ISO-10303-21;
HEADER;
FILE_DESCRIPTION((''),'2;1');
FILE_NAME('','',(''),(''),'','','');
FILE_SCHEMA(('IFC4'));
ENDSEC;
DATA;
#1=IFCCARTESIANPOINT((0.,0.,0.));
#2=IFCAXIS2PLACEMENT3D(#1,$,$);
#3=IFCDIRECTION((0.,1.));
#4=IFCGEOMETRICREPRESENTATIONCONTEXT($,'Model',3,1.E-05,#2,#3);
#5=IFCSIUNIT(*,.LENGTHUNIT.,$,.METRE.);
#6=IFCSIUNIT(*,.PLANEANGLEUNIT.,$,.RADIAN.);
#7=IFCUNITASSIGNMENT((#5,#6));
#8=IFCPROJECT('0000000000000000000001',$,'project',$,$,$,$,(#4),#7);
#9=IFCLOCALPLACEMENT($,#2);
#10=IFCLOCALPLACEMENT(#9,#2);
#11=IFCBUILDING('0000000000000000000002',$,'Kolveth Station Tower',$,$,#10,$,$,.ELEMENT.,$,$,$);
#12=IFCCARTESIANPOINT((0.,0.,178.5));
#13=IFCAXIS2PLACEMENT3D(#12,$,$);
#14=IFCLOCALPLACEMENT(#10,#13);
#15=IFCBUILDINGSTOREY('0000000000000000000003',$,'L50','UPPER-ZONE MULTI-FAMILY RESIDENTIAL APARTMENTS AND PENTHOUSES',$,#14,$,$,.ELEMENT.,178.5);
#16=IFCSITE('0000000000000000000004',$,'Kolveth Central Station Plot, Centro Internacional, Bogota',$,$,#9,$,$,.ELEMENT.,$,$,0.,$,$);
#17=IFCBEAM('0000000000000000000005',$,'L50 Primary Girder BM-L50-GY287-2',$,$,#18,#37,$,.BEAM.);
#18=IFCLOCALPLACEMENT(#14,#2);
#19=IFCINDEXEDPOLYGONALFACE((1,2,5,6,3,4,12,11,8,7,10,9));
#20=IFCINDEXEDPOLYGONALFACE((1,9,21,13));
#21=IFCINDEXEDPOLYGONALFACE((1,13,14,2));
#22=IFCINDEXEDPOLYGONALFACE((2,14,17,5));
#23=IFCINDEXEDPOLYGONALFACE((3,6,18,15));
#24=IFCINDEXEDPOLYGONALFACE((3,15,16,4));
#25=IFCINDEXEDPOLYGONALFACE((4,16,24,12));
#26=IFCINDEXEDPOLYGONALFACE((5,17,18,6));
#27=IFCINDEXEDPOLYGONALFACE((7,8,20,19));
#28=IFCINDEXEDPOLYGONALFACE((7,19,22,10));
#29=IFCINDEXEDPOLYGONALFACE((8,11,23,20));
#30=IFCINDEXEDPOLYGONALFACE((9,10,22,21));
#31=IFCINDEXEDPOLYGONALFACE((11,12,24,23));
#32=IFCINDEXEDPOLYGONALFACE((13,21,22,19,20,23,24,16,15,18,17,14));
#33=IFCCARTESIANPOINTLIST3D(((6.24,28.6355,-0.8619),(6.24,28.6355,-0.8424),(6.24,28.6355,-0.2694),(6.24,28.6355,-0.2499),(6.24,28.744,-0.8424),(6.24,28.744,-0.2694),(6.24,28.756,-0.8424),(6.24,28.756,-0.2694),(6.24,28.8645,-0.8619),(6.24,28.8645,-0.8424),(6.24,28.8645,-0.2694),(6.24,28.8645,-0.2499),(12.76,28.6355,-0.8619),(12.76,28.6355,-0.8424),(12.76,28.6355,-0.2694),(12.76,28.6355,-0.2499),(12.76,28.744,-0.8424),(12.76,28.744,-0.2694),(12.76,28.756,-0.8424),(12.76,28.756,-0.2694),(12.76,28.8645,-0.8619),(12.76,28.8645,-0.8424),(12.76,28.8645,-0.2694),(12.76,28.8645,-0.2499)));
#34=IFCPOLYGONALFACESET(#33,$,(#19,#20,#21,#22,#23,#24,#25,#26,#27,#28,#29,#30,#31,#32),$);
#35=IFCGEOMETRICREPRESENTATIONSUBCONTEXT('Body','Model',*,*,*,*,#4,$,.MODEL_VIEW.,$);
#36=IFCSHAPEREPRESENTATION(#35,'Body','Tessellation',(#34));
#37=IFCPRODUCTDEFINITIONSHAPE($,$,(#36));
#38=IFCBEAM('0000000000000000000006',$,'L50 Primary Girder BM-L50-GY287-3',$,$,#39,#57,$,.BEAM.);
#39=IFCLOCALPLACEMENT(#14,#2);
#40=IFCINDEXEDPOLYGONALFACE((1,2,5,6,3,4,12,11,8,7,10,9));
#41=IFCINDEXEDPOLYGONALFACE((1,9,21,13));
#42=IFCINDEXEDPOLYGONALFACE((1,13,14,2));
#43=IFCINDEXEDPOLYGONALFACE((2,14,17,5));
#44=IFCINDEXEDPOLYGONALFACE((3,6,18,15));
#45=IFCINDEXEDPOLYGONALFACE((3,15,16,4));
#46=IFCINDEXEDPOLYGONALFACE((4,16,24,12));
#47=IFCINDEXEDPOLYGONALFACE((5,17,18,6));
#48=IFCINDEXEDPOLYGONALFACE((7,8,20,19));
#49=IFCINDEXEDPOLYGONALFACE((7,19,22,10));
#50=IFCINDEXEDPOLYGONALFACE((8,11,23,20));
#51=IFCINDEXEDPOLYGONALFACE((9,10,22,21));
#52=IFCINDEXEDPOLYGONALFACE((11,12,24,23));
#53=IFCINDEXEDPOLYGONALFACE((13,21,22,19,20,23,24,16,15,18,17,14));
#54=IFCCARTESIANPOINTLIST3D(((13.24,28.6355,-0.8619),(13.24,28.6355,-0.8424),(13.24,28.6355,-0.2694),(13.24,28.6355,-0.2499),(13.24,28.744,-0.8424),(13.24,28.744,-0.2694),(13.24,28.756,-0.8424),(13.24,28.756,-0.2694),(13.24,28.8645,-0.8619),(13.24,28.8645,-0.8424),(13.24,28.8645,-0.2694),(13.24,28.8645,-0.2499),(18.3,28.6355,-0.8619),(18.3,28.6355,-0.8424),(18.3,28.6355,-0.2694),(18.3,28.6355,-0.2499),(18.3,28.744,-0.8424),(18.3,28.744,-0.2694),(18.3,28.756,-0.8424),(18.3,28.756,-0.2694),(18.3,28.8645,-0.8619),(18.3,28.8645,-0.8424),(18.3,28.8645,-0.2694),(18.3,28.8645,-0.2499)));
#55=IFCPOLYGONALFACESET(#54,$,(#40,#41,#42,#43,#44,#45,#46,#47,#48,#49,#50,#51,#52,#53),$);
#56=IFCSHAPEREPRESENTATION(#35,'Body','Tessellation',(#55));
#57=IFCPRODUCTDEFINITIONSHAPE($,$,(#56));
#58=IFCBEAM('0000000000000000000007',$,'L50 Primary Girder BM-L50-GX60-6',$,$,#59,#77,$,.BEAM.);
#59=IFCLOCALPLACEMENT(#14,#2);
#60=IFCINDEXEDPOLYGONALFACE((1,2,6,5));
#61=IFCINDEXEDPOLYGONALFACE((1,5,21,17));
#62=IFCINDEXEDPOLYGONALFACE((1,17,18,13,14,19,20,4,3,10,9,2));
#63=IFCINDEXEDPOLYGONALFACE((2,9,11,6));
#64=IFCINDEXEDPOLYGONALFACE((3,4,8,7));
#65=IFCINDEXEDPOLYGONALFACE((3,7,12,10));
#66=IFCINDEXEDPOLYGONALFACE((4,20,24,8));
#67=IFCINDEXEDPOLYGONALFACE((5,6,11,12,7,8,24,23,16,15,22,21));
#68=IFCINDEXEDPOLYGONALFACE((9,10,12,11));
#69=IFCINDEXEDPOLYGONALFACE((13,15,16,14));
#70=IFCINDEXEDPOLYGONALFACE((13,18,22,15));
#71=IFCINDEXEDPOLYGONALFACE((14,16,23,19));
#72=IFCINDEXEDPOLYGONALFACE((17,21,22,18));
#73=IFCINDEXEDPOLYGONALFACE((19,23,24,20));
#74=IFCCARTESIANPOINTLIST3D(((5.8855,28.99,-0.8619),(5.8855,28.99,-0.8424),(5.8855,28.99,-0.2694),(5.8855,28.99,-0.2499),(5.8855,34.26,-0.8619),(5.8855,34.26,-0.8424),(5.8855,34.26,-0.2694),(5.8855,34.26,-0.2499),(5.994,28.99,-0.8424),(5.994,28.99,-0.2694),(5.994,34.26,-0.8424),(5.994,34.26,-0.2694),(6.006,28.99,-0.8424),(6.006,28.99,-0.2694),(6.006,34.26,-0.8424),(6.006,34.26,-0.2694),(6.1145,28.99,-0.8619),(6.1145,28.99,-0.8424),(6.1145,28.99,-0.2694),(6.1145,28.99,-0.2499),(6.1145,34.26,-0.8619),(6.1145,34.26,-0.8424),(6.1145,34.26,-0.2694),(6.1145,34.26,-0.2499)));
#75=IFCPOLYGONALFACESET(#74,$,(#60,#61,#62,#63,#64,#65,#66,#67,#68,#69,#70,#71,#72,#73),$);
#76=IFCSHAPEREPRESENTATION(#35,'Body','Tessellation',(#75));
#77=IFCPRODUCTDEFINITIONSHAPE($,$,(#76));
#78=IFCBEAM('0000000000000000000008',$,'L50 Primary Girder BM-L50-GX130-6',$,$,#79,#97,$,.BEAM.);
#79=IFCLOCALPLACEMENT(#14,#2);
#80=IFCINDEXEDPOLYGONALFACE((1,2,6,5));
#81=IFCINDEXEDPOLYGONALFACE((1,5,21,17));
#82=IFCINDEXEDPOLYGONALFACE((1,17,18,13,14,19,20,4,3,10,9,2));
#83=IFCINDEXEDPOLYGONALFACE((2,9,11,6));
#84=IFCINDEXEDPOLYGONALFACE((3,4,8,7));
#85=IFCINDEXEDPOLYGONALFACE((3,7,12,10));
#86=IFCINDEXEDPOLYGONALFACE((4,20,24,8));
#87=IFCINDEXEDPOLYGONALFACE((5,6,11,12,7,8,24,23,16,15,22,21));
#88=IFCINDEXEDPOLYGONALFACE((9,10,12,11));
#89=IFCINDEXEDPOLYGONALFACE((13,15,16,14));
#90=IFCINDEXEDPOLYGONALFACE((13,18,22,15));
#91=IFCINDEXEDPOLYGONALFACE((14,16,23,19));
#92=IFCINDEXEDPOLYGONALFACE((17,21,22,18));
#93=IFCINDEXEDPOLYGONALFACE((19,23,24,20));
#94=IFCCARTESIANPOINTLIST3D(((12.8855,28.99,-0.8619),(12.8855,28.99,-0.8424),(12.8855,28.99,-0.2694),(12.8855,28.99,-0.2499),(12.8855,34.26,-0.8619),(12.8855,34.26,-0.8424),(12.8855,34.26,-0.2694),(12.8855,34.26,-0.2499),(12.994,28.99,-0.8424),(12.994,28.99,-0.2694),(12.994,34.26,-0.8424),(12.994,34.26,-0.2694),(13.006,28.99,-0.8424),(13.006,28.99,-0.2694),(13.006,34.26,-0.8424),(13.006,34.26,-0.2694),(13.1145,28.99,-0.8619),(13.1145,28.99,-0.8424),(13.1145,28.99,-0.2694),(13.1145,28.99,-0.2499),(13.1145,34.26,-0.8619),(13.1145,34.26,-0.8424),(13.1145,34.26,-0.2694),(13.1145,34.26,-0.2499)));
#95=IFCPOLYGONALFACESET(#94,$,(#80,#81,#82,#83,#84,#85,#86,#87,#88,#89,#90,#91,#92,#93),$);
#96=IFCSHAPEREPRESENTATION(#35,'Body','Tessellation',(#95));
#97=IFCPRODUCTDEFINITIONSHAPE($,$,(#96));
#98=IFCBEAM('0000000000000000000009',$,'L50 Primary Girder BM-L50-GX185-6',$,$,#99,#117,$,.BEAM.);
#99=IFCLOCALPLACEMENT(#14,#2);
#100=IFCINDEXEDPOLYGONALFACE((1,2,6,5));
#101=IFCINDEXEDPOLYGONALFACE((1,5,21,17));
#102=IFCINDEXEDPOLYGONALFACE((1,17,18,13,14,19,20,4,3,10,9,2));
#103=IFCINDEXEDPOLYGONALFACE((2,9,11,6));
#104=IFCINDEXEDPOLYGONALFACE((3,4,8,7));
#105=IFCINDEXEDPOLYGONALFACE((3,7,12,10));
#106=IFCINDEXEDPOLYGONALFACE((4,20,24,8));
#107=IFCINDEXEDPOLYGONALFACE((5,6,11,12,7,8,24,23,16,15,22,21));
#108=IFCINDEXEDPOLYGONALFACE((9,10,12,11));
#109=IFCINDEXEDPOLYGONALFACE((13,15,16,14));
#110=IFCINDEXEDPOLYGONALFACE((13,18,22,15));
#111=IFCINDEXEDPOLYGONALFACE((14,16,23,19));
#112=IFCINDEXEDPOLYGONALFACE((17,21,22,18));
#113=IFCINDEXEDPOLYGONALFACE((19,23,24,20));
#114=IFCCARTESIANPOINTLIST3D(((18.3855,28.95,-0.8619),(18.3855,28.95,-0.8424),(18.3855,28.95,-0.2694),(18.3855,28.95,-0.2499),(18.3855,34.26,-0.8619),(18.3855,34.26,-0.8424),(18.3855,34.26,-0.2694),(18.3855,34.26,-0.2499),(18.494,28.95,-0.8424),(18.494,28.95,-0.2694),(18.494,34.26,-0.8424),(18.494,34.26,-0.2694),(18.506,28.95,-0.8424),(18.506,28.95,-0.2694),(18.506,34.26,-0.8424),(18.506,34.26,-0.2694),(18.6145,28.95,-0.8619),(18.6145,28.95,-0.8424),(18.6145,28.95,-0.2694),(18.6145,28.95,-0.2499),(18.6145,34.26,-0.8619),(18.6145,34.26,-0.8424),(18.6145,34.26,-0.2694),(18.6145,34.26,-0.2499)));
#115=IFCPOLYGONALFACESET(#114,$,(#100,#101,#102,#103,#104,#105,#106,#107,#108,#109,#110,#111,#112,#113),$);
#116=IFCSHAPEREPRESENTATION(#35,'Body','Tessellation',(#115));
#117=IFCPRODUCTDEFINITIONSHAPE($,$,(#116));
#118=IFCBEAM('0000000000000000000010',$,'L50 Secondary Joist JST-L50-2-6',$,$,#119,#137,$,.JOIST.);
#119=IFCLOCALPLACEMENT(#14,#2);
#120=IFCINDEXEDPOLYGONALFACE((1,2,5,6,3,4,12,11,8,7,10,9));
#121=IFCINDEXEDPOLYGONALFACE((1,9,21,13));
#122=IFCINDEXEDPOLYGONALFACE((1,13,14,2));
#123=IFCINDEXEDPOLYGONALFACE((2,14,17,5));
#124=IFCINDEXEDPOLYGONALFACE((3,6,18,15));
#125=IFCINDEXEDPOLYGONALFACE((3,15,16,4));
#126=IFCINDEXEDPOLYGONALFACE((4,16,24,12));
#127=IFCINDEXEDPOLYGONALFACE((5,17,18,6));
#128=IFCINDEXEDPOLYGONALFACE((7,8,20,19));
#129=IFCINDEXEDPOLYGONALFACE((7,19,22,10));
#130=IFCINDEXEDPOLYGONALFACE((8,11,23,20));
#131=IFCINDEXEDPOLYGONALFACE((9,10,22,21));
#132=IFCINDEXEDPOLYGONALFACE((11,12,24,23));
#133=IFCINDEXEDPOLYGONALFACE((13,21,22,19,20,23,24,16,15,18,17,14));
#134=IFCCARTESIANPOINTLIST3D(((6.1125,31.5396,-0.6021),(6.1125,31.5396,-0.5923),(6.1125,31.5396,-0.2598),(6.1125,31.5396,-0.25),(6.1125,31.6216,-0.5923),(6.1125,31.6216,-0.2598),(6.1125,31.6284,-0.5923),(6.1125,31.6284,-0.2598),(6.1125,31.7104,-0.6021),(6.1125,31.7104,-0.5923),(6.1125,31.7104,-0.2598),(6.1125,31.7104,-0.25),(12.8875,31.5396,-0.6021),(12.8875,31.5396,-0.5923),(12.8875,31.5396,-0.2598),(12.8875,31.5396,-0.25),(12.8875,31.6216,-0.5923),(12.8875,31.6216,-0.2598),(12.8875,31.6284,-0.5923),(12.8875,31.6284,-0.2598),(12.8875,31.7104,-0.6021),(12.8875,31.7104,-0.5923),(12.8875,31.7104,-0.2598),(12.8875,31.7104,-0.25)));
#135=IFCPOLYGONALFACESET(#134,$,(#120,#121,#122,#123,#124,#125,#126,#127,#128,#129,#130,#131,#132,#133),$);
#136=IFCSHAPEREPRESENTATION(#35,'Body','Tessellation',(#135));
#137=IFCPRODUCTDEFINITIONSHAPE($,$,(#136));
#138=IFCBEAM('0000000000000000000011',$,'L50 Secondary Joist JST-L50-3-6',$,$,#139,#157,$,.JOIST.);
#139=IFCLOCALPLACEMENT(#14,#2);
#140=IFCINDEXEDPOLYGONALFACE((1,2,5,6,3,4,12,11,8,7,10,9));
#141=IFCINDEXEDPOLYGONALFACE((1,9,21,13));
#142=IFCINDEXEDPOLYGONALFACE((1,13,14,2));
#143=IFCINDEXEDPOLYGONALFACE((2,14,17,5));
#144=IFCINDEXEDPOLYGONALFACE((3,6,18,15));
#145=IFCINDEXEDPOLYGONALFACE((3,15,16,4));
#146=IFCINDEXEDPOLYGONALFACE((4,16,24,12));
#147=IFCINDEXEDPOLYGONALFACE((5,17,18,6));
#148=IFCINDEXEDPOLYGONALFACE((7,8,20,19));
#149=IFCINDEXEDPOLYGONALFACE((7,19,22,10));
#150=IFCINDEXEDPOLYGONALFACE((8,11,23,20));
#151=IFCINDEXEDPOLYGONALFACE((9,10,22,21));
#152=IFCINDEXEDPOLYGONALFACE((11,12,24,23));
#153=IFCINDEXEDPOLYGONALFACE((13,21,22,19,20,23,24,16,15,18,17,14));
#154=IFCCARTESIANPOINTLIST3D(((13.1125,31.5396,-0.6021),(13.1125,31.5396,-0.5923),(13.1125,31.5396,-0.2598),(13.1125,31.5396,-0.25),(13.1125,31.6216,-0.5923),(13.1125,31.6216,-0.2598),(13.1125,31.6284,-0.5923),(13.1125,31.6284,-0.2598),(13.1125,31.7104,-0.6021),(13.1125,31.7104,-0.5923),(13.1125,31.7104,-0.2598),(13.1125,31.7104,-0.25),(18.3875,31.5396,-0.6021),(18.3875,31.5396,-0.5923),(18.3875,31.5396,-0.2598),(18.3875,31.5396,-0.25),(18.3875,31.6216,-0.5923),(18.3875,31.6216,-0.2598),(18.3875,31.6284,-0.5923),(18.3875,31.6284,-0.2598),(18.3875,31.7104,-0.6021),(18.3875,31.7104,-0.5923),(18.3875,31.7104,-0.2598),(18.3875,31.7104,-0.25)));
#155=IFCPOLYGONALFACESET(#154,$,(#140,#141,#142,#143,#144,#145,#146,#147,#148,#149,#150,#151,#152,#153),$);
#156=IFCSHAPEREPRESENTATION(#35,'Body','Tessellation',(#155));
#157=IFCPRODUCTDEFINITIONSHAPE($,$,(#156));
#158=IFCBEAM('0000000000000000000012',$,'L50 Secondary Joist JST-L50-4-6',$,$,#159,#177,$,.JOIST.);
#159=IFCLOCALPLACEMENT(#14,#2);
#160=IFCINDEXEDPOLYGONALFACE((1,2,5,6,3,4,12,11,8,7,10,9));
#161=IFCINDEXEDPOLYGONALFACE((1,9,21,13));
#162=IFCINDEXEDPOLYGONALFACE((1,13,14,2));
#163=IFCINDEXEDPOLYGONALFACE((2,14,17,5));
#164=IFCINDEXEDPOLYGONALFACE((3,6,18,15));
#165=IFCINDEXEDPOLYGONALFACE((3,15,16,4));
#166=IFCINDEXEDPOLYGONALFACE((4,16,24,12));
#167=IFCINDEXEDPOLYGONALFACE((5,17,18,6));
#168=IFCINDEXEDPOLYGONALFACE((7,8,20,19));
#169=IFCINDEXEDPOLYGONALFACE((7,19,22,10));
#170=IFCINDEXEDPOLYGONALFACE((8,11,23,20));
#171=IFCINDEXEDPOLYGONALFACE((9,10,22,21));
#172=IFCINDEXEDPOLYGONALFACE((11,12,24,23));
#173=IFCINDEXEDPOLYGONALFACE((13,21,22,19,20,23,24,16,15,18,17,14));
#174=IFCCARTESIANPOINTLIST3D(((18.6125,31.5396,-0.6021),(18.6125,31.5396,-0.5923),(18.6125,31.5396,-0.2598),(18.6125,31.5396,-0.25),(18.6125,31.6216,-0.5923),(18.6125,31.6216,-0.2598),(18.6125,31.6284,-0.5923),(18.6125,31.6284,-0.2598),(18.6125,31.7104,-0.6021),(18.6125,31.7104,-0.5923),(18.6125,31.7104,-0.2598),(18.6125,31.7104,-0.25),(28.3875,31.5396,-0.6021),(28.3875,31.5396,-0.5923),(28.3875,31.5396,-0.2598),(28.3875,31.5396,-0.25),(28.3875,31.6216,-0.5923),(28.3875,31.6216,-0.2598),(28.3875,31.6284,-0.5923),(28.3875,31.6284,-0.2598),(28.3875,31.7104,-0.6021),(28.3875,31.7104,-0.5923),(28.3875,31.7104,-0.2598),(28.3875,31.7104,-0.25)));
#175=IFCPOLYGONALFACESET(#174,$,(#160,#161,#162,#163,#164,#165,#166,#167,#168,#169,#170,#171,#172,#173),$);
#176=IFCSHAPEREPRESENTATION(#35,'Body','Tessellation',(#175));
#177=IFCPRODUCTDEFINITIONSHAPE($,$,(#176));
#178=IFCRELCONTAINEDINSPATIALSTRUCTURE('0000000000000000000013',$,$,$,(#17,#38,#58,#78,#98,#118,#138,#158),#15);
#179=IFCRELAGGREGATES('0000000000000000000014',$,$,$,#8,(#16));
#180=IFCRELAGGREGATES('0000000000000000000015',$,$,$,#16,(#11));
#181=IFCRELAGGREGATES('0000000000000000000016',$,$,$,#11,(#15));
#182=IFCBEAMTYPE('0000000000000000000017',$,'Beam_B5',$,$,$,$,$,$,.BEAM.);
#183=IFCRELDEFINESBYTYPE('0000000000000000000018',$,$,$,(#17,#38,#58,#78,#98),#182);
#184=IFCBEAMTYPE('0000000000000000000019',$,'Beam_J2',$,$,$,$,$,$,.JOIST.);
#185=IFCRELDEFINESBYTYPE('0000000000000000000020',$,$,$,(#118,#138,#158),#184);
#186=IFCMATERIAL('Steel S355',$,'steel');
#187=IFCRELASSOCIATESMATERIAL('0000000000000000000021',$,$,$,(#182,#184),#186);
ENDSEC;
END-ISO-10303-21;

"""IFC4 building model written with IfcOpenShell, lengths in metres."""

from ifc_helpers import new_model, si_unit, direction, frame, origin, origin_2d, place, context, subcontext, project, spatial, i_section, extrude, source, transform, mapped, material, material_profile, profile_set, type_object, element, save


model = new_model("IFC4")

# Units and contexts
model_context = context("Model", 3, precision=1e-05, world=origin(), true_north=direction((0.0, 1.0)))
body_context = subcontext(model_context, "Body", "Model", "MODEL_VIEW")
ifc_project = project(units=[si_unit("LENGTHUNIT", "METRE"), si_unit("PLANEANGLEUNIT", "RADIAN")], contexts=[model_context])

# Site, building, storey
site_placement = place(None, origin())
site = spatial("IfcSite", under=ifc_project, at=site_placement, Name="Kolveth Central Station Plot, Centro Internacional, Bogota", CompositionType="ELEMENT", RefElevation=0.0)
building_placement = place(site_placement, origin())
building = spatial("IfcBuilding", under=site, at=building_placement, Name="Kolveth Station Tower", CompositionType="ELEMENT")
storey_placement = place(building_placement, frame((0.0, 0.0, 178.5)))
storey = spatial("IfcBuildingStorey", under=building, at=storey_placement, Name="L50", Description="UPPER-ZONE MULTI-FAMILY RESIDENTIAL APARTMENTS AND PENTHOUSES", CompositionType="ELEMENT", Elevation=178.5)

# Shared definitions
ifc_material_1 = material(Name="Steel S355", Category="steel")

# Beams
ifc_material_profile_1 = material_profile(ifc_material_1, i_section(OverallWidth=0.229, OverallDepth=0.6121, WebThickness=0.012, FlangeThickness=0.0195, at=origin_2d()), Name="W610x125")
ifc_profile_set_1 = profile_set([ifc_material_profile_1], Name="Steel S355")
beam_type_1 = type_object("IfcBeamType", Name="Beam_B5", PredefinedType="BEAM", material=ifc_profile_set_1)
shared_shape_1 = source(origin(), body_context, "Body", "SweptSolid", [
    extrude(i_section(OverallWidth=0.229, OverallDepth=0.6121, WebThickness=0.012, FlangeThickness=0.0195, at=origin_2d()), origin(), (0.0, 0.0, 1.0), 6.52),
])
beam_1_placement = place(storey_placement, frame((6.24, 28.75, -0.5559), z_axis=(1.0, 0.0, 0.0), x_axis=(0.0, 1.0, 0.0)))
element("IfcBeam", 1, at=beam_1_placement, inside=storey, type_object=beam_type_1, Name="L50 Primary Girder BM-L50-GY287-2", PredefinedType="BEAM", context=body_context, shape_type="MappedRepresentation", body=[
    mapped(shared_shape_1, transform((0.0, 0.0, 0.0), x_axis=(1.0, 0.0, 0.0), y_axis=(0.0, 1.0, 0.0), z_axis=(0.0, 0.0, 1.0), scale=1.0)),
])
shared_shape_2 = source(origin(), body_context, "Body", "SweptSolid", [
    extrude(i_section(OverallWidth=0.229, OverallDepth=0.6121, WebThickness=0.012, FlangeThickness=0.0195, at=origin_2d()), origin(), (0.0, 0.0, 1.0), 5.0601),
])
beam_2_placement = place(storey_placement, frame((13.24, 28.75, -0.5559), z_axis=(1.0, 0.0, 0.0), x_axis=(0.0, 1.0, 0.0)))
element("IfcBeam", 2, at=beam_2_placement, inside=storey, type_object=beam_type_1, Name="L50 Primary Girder BM-L50-GY287-3", PredefinedType="BEAM", context=body_context, shape_type="MappedRepresentation", body=[
    mapped(shared_shape_2, transform((0.0, 0.0, 0.0), x_axis=(1.0, 0.0, 0.0), y_axis=(0.0, 1.0, 0.0), z_axis=(0.0, 0.0, 1.0), scale=1.0)),
])
shared_shape_3 = source(origin(), body_context, "Body", "SweptSolid", [
    extrude(i_section(OverallWidth=0.229, OverallDepth=0.6121, WebThickness=0.012, FlangeThickness=0.0195, at=origin_2d()), origin(), (0.0, 0.0, 1.0), 5.27),
])
for number, where, z_axis, x_axis, name in (
    (3, (6.0, 28.99, -0.5559), (0.0, 1.0, 0.0), (-1.0, 0.0, 0.0), "L50 Primary Girder BM-L50-GX60-6"),
    (4, (13.0, 28.99, -0.5559), (0.0, 1.0, 0.0), (-1.0, 0.0, 0.0), "L50 Primary Girder BM-L50-GX130-6"),
):
    element("IfcBeam", number, at=place(storey_placement, frame(where, z_axis=z_axis, x_axis=x_axis)), inside=storey, type_object=beam_type_1, Name=name, PredefinedType="BEAM", context=body_context, shape_type="MappedRepresentation", body=[
        mapped(shared_shape_3, transform((0.0, 0.0, 0.0), x_axis=(1.0, 0.0, 0.0), y_axis=(0.0, 1.0, 0.0), z_axis=(0.0, 0.0, 1.0), scale=1.0)),
    ])
shared_shape_4 = source(origin(), body_context, "Body", "SweptSolid", [
    extrude(i_section(OverallWidth=0.229, OverallDepth=0.6121, WebThickness=0.012, FlangeThickness=0.0195, at=origin_2d()), origin(), (0.0, 0.0, 1.0), 5.3101),
])
beam_3_placement = place(storey_placement, frame((18.5, 28.95, -0.5559), z_axis=(0.0, 1.0, 0.0), x_axis=(-1.0, 0.0, 0.0)))
element("IfcBeam", 5, at=beam_3_placement, inside=storey, type_object=beam_type_1, Name="L50 Primary Girder BM-L50-GX185-6", PredefinedType="BEAM", context=body_context, shape_type="MappedRepresentation", body=[
    mapped(shared_shape_4, transform((0.0, 0.0, 0.0), x_axis=(1.0, 0.0, 0.0), y_axis=(0.0, 1.0, 0.0), z_axis=(0.0, 0.0, 1.0), scale=1.0)),
])
ifc_material_profile_2 = material_profile(ifc_material_1, i_section(OverallWidth=0.1709, OverallDepth=0.3521, WebThickness=0.0068, FlangeThickness=0.0098, at=origin_2d()), Name="W360x44")
ifc_profile_set_2 = profile_set([ifc_material_profile_2], Name="Steel S355")
beam_type_2 = type_object("IfcBeamType", Name="Beam_J2", PredefinedType="JOIST", material=ifc_profile_set_2)
shared_shape_5 = source(origin(), body_context, "Body", "SweptSolid", [
    extrude(i_section(OverallWidth=0.1709, OverallDepth=0.3521, WebThickness=0.0068, FlangeThickness=0.0098, at=origin_2d()), origin(), (0.0, 0.0, 1.0), 6.7749),
])
beam_4_placement = place(storey_placement, frame((6.1125, 31.625, -0.426), z_axis=(1.0, 0.0, 0.0), x_axis=(0.0, 1.0, 0.0)))
element("IfcBeam", 6, at=beam_4_placement, inside=storey, type_object=beam_type_2, Name="L50 Secondary Joist JST-L50-2-6", PredefinedType="JOIST", context=body_context, shape_type="MappedRepresentation", body=[
    mapped(shared_shape_5, transform((0.0, 0.0, 0.0), x_axis=(1.0, 0.0, 0.0), y_axis=(0.0, 1.0, 0.0), z_axis=(0.0, 0.0, 1.0), scale=1.0)),
])
shared_shape_6 = source(origin(), body_context, "Body", "SweptSolid", [
    extrude(i_section(OverallWidth=0.1709, OverallDepth=0.3521, WebThickness=0.0068, FlangeThickness=0.0098, at=origin_2d()), origin(), (0.0, 0.0, 1.0), 5.2749),
])
beam_5_placement = place(storey_placement, frame((13.1125, 31.625, -0.426), z_axis=(1.0, 0.0, 0.0), x_axis=(0.0, 1.0, 0.0)))
element("IfcBeam", 7, at=beam_5_placement, inside=storey, type_object=beam_type_2, Name="L50 Secondary Joist JST-L50-3-6", PredefinedType="JOIST", context=body_context, shape_type="MappedRepresentation", body=[
    mapped(shared_shape_6, transform((0.0, 0.0, 0.0), x_axis=(1.0, 0.0, 0.0), y_axis=(0.0, 1.0, 0.0), z_axis=(0.0, 0.0, 1.0), scale=1.0)),
])
shared_shape_7 = source(origin(), body_context, "Body", "SweptSolid", [
    extrude(i_section(OverallWidth=0.1709, OverallDepth=0.3521, WebThickness=0.0068, FlangeThickness=0.0098, at=origin_2d()), origin(), (0.0, 0.0, 1.0), 9.7749),
])
beam_6_placement = place(storey_placement, frame((18.6125, 31.625, -0.426), z_axis=(1.0, 0.0, 0.0), x_axis=(0.0, 1.0, 0.0)))
element("IfcBeam", 8, at=beam_6_placement, inside=storey, type_object=beam_type_2, Name="L50 Secondary Joist JST-L50-4-6", PredefinedType="JOIST", context=body_context, shape_type="MappedRepresentation", body=[
    mapped(shared_shape_7, transform((0.0, 0.0, 0.0), x_axis=(1.0, 0.0, 0.0), y_axis=(0.0, 1.0, 0.0), z_axis=(0.0, 0.0, 1.0), scale=1.0)),
])

save(model, "model.ifc")
